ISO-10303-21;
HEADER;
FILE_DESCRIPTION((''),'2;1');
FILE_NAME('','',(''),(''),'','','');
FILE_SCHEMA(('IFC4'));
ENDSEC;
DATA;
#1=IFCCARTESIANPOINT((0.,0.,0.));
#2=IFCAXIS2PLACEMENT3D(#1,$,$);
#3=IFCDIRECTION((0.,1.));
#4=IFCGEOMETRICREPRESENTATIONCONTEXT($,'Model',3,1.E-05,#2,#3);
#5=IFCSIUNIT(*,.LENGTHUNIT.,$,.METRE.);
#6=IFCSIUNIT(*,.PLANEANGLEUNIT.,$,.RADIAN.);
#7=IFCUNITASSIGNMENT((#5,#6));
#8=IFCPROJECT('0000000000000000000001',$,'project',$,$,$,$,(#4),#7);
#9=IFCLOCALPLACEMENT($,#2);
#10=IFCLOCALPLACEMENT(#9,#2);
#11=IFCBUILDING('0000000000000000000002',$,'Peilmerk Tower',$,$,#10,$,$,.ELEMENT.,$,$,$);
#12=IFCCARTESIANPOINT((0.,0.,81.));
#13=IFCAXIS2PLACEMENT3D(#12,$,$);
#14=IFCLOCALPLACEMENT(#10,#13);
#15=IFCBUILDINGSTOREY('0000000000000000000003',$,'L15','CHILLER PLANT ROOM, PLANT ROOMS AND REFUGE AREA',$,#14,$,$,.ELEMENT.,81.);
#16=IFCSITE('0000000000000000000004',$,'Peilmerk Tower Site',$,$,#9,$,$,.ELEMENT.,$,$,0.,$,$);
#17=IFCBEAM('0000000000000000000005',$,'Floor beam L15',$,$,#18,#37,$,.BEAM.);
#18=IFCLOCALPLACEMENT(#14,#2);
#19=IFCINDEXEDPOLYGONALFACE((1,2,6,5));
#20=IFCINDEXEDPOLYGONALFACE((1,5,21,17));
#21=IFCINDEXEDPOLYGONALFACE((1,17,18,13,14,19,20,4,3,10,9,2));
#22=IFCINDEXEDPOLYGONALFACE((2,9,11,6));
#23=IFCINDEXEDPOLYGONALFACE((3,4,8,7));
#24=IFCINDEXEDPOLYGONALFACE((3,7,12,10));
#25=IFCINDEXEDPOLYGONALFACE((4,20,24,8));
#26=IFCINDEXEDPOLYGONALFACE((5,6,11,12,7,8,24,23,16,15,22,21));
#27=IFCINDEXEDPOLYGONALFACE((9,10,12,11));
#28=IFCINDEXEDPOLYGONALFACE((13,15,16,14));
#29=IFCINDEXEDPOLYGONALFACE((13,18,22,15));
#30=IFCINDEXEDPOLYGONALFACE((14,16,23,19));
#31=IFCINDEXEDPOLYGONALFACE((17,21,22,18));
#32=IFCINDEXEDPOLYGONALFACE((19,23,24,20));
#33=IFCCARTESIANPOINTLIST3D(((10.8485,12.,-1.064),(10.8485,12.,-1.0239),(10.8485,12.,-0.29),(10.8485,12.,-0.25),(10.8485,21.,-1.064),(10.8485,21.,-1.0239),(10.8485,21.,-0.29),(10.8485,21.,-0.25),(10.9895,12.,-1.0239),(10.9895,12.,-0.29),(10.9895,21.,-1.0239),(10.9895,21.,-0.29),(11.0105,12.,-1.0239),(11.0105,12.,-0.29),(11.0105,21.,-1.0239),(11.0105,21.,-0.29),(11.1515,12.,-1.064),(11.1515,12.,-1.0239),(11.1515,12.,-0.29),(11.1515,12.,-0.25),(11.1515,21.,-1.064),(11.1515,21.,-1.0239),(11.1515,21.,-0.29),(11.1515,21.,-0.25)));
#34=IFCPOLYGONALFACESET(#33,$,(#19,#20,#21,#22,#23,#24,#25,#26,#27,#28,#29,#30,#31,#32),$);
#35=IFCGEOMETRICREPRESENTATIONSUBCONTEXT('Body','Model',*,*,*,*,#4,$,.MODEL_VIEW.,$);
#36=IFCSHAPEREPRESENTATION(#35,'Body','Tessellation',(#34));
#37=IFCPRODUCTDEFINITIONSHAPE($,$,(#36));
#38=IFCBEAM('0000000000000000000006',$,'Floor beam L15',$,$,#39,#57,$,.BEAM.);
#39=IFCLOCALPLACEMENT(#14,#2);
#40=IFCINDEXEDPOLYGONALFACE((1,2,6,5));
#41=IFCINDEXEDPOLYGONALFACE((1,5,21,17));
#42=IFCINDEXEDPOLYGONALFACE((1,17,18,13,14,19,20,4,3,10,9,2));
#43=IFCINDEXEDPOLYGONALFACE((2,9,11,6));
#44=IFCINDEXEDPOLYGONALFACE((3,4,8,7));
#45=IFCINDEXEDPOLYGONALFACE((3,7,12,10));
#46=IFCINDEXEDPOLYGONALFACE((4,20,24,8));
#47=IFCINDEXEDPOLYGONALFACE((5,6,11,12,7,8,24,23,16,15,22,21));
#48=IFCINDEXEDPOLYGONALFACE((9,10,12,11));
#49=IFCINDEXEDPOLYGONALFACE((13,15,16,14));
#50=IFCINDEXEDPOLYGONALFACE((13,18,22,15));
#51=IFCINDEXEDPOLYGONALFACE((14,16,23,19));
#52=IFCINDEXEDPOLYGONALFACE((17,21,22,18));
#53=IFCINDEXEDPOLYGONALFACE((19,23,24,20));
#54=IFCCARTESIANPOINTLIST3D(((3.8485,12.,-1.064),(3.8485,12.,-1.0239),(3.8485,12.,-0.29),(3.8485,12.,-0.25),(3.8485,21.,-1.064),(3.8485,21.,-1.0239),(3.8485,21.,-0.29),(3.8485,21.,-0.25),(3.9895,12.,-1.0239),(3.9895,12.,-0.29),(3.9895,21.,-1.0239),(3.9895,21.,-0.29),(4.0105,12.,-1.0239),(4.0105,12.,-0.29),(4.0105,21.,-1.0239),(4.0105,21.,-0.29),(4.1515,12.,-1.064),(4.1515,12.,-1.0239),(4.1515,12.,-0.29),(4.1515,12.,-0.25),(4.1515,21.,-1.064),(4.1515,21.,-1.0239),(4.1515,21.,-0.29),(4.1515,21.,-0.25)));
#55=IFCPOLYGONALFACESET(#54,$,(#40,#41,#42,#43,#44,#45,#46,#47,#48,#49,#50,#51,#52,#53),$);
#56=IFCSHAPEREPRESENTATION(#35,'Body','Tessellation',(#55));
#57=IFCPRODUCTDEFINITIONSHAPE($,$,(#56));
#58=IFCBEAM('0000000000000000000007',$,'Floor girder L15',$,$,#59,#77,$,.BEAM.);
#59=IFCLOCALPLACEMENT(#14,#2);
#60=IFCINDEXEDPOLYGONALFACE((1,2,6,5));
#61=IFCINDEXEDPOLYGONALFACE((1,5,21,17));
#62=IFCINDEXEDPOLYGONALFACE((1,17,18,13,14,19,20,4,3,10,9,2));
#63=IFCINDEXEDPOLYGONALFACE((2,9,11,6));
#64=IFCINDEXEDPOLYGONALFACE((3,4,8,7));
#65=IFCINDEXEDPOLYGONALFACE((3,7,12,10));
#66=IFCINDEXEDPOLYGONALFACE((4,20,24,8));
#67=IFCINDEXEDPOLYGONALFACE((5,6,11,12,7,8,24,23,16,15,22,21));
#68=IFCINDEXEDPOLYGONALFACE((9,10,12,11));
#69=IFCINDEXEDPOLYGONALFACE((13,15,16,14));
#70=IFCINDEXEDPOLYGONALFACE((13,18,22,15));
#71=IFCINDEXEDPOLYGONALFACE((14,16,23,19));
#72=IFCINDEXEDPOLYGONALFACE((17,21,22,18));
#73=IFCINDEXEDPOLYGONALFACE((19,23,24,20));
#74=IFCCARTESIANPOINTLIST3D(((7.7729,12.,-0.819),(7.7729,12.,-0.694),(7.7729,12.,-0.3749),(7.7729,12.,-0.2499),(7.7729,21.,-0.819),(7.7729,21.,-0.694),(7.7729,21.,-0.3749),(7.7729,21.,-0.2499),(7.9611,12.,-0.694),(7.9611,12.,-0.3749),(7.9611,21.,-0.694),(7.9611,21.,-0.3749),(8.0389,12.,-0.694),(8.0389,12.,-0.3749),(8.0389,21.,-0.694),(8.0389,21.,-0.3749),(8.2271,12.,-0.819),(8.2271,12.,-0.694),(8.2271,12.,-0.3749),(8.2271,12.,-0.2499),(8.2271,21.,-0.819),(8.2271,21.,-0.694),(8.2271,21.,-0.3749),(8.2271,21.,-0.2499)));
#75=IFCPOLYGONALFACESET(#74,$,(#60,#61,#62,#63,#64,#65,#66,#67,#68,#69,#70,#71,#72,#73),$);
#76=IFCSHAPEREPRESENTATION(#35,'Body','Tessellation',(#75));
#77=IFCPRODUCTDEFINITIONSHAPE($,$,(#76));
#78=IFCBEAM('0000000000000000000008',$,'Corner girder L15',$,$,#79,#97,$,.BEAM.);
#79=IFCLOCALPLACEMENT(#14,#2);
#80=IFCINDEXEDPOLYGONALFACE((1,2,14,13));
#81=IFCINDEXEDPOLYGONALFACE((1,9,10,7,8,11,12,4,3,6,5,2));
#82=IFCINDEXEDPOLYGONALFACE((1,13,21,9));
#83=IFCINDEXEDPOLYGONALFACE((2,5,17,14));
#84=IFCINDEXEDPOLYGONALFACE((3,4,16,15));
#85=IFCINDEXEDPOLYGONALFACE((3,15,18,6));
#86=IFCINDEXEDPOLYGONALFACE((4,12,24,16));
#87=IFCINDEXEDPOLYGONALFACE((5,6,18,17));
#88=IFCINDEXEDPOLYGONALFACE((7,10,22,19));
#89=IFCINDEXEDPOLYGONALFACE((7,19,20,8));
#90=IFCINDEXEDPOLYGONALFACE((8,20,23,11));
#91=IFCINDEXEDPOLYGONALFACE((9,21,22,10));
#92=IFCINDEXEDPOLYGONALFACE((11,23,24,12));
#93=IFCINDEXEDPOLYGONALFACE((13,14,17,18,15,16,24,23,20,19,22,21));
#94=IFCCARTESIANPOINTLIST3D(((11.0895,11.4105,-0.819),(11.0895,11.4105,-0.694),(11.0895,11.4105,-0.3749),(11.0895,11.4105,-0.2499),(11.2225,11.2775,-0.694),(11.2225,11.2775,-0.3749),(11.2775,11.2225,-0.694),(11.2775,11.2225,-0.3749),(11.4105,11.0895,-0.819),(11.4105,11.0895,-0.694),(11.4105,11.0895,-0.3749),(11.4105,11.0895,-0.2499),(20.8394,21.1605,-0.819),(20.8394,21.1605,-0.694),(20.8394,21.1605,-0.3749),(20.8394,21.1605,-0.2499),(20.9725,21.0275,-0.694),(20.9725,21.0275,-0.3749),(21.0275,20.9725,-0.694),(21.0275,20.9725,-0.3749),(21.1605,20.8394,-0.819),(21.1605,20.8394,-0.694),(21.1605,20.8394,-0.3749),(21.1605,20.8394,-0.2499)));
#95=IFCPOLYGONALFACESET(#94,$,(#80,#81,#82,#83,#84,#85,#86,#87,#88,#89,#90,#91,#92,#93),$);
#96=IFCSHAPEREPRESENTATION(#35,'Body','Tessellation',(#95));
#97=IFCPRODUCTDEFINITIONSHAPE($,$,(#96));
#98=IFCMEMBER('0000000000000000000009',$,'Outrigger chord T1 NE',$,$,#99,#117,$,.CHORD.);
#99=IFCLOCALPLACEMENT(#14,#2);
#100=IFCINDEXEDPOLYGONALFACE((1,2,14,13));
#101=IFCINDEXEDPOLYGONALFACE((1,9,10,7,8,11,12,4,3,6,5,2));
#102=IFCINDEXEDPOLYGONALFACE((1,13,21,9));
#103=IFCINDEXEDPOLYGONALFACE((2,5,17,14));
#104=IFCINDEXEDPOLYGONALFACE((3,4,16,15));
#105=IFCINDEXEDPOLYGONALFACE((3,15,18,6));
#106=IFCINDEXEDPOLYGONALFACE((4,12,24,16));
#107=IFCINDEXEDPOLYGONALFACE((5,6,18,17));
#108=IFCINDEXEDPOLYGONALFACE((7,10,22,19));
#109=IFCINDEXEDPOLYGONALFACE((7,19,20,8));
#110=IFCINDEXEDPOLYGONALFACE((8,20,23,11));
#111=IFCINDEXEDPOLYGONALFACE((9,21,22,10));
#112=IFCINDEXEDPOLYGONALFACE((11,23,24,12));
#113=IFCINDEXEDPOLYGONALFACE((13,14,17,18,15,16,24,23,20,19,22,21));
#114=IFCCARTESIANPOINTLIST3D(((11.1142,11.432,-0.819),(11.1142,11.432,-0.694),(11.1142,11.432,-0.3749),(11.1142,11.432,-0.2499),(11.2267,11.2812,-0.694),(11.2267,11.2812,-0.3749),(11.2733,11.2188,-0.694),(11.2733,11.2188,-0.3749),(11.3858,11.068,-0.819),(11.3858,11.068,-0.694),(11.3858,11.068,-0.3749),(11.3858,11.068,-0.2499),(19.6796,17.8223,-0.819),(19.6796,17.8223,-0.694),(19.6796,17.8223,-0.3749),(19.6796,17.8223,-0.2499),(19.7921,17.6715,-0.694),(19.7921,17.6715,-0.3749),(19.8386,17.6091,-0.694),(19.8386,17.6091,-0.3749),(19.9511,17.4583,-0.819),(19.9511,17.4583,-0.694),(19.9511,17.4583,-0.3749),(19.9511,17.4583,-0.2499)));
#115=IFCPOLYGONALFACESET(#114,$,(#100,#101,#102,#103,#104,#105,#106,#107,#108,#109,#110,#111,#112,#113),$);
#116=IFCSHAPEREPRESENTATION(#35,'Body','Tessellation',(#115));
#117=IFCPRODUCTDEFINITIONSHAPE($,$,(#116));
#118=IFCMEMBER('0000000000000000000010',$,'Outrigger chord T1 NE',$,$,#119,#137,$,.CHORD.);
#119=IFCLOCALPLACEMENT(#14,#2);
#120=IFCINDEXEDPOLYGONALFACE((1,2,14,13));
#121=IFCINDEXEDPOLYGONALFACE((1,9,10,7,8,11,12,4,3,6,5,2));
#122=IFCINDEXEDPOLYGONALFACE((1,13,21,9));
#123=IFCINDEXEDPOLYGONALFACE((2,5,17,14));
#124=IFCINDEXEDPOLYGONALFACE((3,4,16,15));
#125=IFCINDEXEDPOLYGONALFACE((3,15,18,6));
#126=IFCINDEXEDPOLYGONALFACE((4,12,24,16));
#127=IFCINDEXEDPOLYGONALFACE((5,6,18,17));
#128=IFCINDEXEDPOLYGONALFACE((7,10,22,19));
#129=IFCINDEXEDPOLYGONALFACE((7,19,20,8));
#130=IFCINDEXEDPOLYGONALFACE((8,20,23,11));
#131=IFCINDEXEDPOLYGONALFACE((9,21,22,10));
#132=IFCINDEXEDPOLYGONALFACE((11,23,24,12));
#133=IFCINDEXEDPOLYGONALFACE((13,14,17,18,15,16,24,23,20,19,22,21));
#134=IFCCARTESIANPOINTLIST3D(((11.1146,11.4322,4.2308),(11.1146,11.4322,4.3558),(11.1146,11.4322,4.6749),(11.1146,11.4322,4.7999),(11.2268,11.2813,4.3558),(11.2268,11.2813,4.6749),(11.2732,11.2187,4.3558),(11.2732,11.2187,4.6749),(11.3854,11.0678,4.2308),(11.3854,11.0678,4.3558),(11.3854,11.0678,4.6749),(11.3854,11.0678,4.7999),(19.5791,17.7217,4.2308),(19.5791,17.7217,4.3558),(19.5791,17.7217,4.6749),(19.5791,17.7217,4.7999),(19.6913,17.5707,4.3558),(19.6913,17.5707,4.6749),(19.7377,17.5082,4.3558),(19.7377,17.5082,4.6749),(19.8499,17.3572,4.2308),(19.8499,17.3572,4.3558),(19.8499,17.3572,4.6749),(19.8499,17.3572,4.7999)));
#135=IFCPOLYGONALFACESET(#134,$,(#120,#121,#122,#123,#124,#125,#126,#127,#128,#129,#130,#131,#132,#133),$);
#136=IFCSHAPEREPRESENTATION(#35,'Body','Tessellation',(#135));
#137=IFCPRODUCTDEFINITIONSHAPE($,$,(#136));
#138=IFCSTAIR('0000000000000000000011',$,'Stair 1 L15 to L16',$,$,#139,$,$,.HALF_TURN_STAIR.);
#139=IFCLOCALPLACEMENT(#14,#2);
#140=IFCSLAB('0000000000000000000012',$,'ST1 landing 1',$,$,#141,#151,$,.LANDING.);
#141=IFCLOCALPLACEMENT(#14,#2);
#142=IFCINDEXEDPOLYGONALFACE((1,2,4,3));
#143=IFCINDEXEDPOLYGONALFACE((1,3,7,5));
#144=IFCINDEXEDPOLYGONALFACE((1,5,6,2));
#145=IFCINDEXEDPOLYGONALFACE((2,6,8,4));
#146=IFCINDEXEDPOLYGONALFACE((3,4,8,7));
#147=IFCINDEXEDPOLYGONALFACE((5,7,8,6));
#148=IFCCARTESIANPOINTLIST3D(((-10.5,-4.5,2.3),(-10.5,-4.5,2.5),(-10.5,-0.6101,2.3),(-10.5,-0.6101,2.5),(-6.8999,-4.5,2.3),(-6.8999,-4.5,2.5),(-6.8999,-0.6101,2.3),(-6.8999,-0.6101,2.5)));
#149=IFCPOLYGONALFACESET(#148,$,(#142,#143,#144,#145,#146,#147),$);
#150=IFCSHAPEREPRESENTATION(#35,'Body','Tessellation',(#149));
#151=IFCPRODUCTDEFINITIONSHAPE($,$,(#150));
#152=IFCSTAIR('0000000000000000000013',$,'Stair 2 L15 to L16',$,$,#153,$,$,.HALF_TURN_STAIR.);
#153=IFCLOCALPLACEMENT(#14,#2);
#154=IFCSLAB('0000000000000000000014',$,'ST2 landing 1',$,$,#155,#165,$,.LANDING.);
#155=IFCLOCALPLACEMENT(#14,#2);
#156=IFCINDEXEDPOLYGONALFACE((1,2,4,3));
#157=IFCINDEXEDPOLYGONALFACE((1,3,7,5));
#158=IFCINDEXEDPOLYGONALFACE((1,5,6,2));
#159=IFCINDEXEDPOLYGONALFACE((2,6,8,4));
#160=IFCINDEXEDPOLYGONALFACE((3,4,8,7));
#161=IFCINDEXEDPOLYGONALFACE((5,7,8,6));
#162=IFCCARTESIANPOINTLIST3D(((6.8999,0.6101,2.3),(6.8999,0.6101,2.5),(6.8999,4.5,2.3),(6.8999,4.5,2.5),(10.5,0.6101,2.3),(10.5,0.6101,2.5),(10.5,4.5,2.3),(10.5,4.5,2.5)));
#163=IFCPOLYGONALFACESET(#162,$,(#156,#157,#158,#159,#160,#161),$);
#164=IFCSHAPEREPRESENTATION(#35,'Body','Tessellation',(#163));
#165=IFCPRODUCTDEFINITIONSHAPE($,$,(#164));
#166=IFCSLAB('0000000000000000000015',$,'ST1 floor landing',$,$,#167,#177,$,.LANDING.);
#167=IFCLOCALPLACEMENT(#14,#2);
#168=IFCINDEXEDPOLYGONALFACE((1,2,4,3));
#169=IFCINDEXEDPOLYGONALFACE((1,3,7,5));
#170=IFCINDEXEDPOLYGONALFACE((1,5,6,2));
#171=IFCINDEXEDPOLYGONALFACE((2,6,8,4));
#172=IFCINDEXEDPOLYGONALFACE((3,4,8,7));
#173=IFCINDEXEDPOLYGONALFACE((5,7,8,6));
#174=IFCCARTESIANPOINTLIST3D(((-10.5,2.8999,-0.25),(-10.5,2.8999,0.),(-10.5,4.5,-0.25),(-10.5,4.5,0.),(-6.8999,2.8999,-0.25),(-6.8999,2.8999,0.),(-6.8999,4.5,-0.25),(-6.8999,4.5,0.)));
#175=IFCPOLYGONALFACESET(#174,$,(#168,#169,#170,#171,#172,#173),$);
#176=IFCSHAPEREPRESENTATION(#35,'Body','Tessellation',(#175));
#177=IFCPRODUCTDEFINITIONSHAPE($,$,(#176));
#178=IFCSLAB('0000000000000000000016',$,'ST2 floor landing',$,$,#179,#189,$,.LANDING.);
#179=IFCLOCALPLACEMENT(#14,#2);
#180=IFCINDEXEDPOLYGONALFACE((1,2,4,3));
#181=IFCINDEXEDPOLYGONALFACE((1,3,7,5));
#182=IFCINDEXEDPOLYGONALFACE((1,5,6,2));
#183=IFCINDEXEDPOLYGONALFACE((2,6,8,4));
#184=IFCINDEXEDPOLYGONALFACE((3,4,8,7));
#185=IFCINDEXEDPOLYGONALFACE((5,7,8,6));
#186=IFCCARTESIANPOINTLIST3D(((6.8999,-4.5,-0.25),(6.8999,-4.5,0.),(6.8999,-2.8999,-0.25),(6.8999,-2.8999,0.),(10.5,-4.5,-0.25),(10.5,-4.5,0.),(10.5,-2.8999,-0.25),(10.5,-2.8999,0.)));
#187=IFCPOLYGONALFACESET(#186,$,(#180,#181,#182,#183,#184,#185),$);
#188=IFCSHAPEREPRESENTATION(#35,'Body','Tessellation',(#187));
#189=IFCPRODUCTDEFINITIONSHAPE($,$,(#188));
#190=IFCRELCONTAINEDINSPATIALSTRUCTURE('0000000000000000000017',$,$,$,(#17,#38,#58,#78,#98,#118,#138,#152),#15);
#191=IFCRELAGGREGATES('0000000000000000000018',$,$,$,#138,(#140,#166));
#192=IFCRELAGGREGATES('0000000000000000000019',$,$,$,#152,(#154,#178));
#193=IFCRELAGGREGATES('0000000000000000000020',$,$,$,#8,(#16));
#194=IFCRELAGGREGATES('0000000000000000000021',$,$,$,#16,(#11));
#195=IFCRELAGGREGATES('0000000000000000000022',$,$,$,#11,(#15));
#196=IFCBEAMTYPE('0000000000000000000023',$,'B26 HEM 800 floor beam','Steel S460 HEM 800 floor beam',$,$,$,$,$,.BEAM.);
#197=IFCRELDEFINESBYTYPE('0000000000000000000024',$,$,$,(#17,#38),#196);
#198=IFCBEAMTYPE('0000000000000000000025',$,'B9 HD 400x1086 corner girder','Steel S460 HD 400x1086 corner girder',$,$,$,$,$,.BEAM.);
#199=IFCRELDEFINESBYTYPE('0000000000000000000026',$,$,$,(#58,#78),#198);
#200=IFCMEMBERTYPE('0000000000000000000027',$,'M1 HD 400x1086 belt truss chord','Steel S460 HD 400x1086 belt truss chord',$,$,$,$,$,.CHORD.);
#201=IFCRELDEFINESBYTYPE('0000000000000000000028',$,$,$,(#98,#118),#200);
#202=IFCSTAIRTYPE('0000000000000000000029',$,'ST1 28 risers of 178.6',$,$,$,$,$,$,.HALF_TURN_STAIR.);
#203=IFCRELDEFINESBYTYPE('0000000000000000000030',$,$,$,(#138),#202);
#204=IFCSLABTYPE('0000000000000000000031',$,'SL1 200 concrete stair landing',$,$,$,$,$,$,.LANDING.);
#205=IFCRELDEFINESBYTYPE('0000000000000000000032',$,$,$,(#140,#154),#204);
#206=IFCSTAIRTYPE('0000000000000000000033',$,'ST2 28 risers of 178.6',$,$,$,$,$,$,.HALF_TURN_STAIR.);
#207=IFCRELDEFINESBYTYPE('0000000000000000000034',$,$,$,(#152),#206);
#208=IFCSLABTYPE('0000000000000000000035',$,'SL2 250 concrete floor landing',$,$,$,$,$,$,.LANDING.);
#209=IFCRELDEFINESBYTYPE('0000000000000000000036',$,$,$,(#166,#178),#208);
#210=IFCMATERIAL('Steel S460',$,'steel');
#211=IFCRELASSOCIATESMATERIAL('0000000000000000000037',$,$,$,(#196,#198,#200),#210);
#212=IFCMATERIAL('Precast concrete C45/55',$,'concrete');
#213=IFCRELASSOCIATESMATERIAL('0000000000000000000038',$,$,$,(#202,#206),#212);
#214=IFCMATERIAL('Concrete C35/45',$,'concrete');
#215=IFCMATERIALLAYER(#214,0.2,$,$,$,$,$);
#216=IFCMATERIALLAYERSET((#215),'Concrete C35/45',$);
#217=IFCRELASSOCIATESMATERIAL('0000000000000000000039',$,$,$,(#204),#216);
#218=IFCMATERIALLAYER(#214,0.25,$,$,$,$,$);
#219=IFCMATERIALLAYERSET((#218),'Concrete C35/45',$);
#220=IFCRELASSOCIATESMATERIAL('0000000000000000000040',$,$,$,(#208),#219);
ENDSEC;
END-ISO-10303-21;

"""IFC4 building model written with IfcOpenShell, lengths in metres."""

from ifc_helpers import new_model, si_unit, direction, frame, origin, origin_2d, place, context, subcontext, project, spatial, polyline, i_section, outline, extrude, material, layer, layer_set, material_profile, profile_set, type_object, element, aggregate, save


model = new_model("IFC4")

# Units and contexts
model_context = context("Model", 3, precision=1e-05, world=origin(), true_north=direction((0.0, 1.0)))
body_context = subcontext(model_context, "Body", "Model", "MODEL_VIEW")
ifc_project = project(units=[si_unit("LENGTHUNIT", "METRE"), si_unit("PLANEANGLEUNIT", "RADIAN")], contexts=[model_context])

# Site, building, storey
site_placement = place(None, origin())
site = spatial("IfcSite", under=ifc_project, at=site_placement, Name="Peilmerk Tower Site", CompositionType="ELEMENT", RefElevation=0.0)
building_placement = place(site_placement, origin())
building = spatial("IfcBuilding", under=site, at=building_placement, Name="Peilmerk Tower", CompositionType="ELEMENT")
storey_placement = place(building_placement, frame((0.0, 0.0, 81.0)))
storey = spatial("IfcBuildingStorey", under=building, at=storey_placement, Name="L15", Description="CHILLER PLANT ROOM, PLANT ROOMS AND REFUGE AREA", CompositionType="ELEMENT", Elevation=81.0)

# Beams
ifc_material_1 = material(Name="Steel S460", Category="steel")
ifc_material_profile_1 = material_profile(ifc_material_1, i_section(OverallWidth=0.303, OverallDepth=0.814, WebThickness=0.021, FlangeThickness=0.04, at=origin_2d()), Name="HEM 800")
ifc_profile_set_1 = profile_set([ifc_material_profile_1], Name="Steel S460")
beam_type_1 = type_object("IfcBeamType", Name="B26 HEM 800 floor beam", Description="Steel S460 HEM 800 floor beam", PredefinedType="BEAM", material=ifc_profile_set_1)
for number, where, z_axis, x_axis, name in (
    (1, (11.0, 12.0, -0.657), (0.0, 1.0, 0.0), (-1.0, 0.0, 0.0), "Floor beam L15"),
    (2, (4.0, 12.0, -0.657), (0.0, 1.0, 0.0), (-1.0, 0.0, 0.0), "Floor beam L15"),
):
    element("IfcBeam", number, at=place(storey_placement, frame(where, z_axis=z_axis, x_axis=x_axis)), inside=storey, type_object=beam_type_1, Name=name, PredefinedType="BEAM", context=body_context, shape_type="SweptSolid", body=[
        extrude(i_section(OverallWidth=0.303, OverallDepth=0.814, WebThickness=0.021, FlangeThickness=0.04, at=origin_2d()), origin(), (0.0, 0.0, 1.0), 9.0),
    ])
ifc_material_profile_2 = material_profile(ifc_material_1, i_section(OverallWidth=0.4541, OverallDepth=0.5691, WebThickness=0.0779, FlangeThickness=0.125, at=origin_2d()), Name="HD 400x1086")
ifc_profile_set_2 = profile_set([ifc_material_profile_2], Name="Steel S460")
beam_type_2 = type_object("IfcBeamType", Name="B9 HD 400x1086 corner girder", Description="Steel S460 HD 400x1086 corner girder", PredefinedType="BEAM", material=ifc_profile_set_2)
beam_1_placement = place(storey_placement, frame((8.0, 12.0, -0.5344), z_axis=(0.0, 1.0, 0.0), x_axis=(-1.0, 0.0, 0.0)))
element("IfcBeam", 3, at=beam_1_placement, inside=storey, type_object=beam_type_2, Name="Floor girder L15", PredefinedType="BEAM", context=body_context, shape_type="SweptSolid", body=[
    extrude(i_section(OverallWidth=0.4541, OverallDepth=0.5691, WebThickness=0.0779, FlangeThickness=0.125, at=origin_2d()), origin(), (0.0, 0.0, 1.0), 9.0),
])
beam_2_placement = place(storey_placement, frame((11.25, 11.25, -0.5344), z_axis=(0.707107, 0.707107, 0.0), x_axis=(-0.707107, 0.707107, 0.0)))
element("IfcBeam", 4, at=beam_2_placement, inside=storey, type_object=beam_type_2, Name="Corner girder L15", PredefinedType="BEAM", context=body_context, shape_type="SweptSolid", body=[
    extrude(i_section(OverallWidth=0.4541, OverallDepth=0.5691, WebThickness=0.0779, FlangeThickness=0.125, at=origin_2d()), origin(), (0.0, 0.0, 1.0), 13.7886),
])

# Members
ifc_material_profile_3 = material_profile(ifc_material_1, i_section(OverallWidth=0.4541, OverallDepth=0.5691, WebThickness=0.0779, FlangeThickness=0.125, at=origin_2d()), Name="HD 400x1086")
ifc_profile_set_3 = profile_set([ifc_material_profile_3], Name="Steel S460")
member_type = type_object("IfcMemberType", Name="M1 HD 400x1086 belt truss chord", Description="Steel S460 HD 400x1086 belt truss chord", PredefinedType="CHORD", material=ifc_profile_set_3)
member_1_placement = place(storey_placement, frame((11.25, 11.25, -0.5344), z_axis=(0.801511, 0.59798, 0.0), x_axis=(-0.59798, 0.801511, 0.0)))
element("IfcMember", 5, at=member_1_placement, inside=storey, type_object=member_type, Name="Outrigger chord T1 NE", PredefinedType="CHORD", context=body_context, shape_type="SweptSolid", body=[
    extrude(i_section(OverallWidth=0.4541, OverallDepth=0.5691, WebThickness=0.0779, FlangeThickness=0.125, at=origin_2d()), origin(), (0.0, 0.0, 1.0), 10.6865),
])
member_2_placement = place(storey_placement, frame((11.25, 11.25, 4.5154), z_axis=(0.802673, 0.596419, 0.0), x_axis=(-0.596419, 0.802673, 0.0)))
element("IfcMember", 6, at=member_2_placement, inside=storey, type_object=member_type, Name="Outrigger chord T1 NE", PredefinedType="CHORD", context=body_context, shape_type="SweptSolid", body=[
    extrude(i_section(OverallWidth=0.4541, OverallDepth=0.5691, WebThickness=0.0779, FlangeThickness=0.125, at=origin_2d()), origin(), (0.0, 0.0, 1.0), 10.5454),
])

# Stairs, slabs
ifc_material_2 = material(Name="Precast concrete C45/55", Category="concrete")
stair_type_1 = type_object("IfcStairType", Name="ST1 28 risers of 178.6", PredefinedType="HALF_TURN_STAIR", material=ifc_material_2)
stair_1_placement = place(storey_placement, origin())
stair_1 = element("IfcStair", 7, at=stair_1_placement, inside=storey, type_object=stair_type_1, Name="Stair 1 L15 to L16", PredefinedType="HALF_TURN_STAIR")
ifc_material_3 = material(Name="Concrete C35/45", Category="concrete")
ifc_layer_1 = layer(ifc_material_3, 0.2)
ifc_layer_set_1 = layer_set([ifc_layer_1], Name="Concrete C35/45")
slab_type_1 = type_object("IfcSlabType", Name="SL1 200 concrete stair landing", PredefinedType="LANDING", material=ifc_layer_set_1)
slab_1_placement = place(storey_placement, frame((0.0, 0.0, 2.3)))
slab_1 = element("IfcSlab", 8, at=slab_1_placement, type_object=slab_type_1, Name="ST1 landing 1", PredefinedType="LANDING", context=body_context, shape_type="SweptSolid", body=[
    extrude(outline(polyline([(-10.5, -4.5), (-6.8999, -4.5), (-6.8999, -0.6101), (-10.5, -0.6101), (-10.5, -4.5)])), origin(), (0.0, 0.0, 1.0), 0.2),
])
stair_type_2 = type_object("IfcStairType", Name="ST2 28 risers of 178.6", PredefinedType="HALF_TURN_STAIR", material=ifc_material_2)
stair_2_placement = place(storey_placement, origin())
stair_2 = element("IfcStair", 9, at=stair_2_placement, inside=storey, type_object=stair_type_2, Name="Stair 2 L15 to L16", PredefinedType="HALF_TURN_STAIR")
slab_2_placement = place(storey_placement, frame((0.0, 0.0, 2.3)))
slab_2 = element("IfcSlab", 10, at=slab_2_placement, type_object=slab_type_1, Name="ST2 landing 1", PredefinedType="LANDING", context=body_context, shape_type="SweptSolid", body=[
    extrude(outline(polyline([(6.8999, 0.6101), (10.5, 0.6101), (10.5, 4.5), (6.8999, 4.5), (6.8999, 0.6101)])), origin(), (0.0, 0.0, 1.0), 0.2),
])

# Slabs
ifc_layer_2 = layer(ifc_material_3, 0.25)
ifc_layer_set_2 = layer_set([ifc_layer_2], Name="Concrete C35/45")
slab_type_2 = type_object("IfcSlabType", Name="SL2 250 concrete floor landing", PredefinedType="LANDING", material=ifc_layer_set_2)
slab_3_placement = place(storey_placement, frame((0.0, 0.0, -0.25)))
slab_3 = element("IfcSlab", 11, at=slab_3_placement, type_object=slab_type_2, Name="ST1 floor landing", PredefinedType="LANDING", context=body_context, shape_type="SweptSolid", body=[
    extrude(outline(polyline([(-10.5, 2.8999), (-6.8999, 2.8999), (-6.8999, 4.5), (-10.5, 4.5), (-10.5, 2.8999)])), origin(), (0.0, 0.0, 1.0), 0.25),
])
aggregate(stair_1, [slab_1, slab_3])
slab_4_placement = place(storey_placement, frame((0.0, 0.0, -0.25)))
slab_4 = element("IfcSlab", 12, at=slab_4_placement, type_object=slab_type_2, Name="ST2 floor landing", PredefinedType="LANDING", context=body_context, shape_type="SweptSolid", body=[
    extrude(outline(polyline([(6.8999, -4.5), (10.5, -4.5), (10.5, -2.8999), (6.8999, -2.8999), (6.8999, -4.5)])), origin(), (0.0, 0.0, 1.0), 0.25),
])

aggregate(stair_2, [slab_2, slab_4])

save(model, "model.ifc")
